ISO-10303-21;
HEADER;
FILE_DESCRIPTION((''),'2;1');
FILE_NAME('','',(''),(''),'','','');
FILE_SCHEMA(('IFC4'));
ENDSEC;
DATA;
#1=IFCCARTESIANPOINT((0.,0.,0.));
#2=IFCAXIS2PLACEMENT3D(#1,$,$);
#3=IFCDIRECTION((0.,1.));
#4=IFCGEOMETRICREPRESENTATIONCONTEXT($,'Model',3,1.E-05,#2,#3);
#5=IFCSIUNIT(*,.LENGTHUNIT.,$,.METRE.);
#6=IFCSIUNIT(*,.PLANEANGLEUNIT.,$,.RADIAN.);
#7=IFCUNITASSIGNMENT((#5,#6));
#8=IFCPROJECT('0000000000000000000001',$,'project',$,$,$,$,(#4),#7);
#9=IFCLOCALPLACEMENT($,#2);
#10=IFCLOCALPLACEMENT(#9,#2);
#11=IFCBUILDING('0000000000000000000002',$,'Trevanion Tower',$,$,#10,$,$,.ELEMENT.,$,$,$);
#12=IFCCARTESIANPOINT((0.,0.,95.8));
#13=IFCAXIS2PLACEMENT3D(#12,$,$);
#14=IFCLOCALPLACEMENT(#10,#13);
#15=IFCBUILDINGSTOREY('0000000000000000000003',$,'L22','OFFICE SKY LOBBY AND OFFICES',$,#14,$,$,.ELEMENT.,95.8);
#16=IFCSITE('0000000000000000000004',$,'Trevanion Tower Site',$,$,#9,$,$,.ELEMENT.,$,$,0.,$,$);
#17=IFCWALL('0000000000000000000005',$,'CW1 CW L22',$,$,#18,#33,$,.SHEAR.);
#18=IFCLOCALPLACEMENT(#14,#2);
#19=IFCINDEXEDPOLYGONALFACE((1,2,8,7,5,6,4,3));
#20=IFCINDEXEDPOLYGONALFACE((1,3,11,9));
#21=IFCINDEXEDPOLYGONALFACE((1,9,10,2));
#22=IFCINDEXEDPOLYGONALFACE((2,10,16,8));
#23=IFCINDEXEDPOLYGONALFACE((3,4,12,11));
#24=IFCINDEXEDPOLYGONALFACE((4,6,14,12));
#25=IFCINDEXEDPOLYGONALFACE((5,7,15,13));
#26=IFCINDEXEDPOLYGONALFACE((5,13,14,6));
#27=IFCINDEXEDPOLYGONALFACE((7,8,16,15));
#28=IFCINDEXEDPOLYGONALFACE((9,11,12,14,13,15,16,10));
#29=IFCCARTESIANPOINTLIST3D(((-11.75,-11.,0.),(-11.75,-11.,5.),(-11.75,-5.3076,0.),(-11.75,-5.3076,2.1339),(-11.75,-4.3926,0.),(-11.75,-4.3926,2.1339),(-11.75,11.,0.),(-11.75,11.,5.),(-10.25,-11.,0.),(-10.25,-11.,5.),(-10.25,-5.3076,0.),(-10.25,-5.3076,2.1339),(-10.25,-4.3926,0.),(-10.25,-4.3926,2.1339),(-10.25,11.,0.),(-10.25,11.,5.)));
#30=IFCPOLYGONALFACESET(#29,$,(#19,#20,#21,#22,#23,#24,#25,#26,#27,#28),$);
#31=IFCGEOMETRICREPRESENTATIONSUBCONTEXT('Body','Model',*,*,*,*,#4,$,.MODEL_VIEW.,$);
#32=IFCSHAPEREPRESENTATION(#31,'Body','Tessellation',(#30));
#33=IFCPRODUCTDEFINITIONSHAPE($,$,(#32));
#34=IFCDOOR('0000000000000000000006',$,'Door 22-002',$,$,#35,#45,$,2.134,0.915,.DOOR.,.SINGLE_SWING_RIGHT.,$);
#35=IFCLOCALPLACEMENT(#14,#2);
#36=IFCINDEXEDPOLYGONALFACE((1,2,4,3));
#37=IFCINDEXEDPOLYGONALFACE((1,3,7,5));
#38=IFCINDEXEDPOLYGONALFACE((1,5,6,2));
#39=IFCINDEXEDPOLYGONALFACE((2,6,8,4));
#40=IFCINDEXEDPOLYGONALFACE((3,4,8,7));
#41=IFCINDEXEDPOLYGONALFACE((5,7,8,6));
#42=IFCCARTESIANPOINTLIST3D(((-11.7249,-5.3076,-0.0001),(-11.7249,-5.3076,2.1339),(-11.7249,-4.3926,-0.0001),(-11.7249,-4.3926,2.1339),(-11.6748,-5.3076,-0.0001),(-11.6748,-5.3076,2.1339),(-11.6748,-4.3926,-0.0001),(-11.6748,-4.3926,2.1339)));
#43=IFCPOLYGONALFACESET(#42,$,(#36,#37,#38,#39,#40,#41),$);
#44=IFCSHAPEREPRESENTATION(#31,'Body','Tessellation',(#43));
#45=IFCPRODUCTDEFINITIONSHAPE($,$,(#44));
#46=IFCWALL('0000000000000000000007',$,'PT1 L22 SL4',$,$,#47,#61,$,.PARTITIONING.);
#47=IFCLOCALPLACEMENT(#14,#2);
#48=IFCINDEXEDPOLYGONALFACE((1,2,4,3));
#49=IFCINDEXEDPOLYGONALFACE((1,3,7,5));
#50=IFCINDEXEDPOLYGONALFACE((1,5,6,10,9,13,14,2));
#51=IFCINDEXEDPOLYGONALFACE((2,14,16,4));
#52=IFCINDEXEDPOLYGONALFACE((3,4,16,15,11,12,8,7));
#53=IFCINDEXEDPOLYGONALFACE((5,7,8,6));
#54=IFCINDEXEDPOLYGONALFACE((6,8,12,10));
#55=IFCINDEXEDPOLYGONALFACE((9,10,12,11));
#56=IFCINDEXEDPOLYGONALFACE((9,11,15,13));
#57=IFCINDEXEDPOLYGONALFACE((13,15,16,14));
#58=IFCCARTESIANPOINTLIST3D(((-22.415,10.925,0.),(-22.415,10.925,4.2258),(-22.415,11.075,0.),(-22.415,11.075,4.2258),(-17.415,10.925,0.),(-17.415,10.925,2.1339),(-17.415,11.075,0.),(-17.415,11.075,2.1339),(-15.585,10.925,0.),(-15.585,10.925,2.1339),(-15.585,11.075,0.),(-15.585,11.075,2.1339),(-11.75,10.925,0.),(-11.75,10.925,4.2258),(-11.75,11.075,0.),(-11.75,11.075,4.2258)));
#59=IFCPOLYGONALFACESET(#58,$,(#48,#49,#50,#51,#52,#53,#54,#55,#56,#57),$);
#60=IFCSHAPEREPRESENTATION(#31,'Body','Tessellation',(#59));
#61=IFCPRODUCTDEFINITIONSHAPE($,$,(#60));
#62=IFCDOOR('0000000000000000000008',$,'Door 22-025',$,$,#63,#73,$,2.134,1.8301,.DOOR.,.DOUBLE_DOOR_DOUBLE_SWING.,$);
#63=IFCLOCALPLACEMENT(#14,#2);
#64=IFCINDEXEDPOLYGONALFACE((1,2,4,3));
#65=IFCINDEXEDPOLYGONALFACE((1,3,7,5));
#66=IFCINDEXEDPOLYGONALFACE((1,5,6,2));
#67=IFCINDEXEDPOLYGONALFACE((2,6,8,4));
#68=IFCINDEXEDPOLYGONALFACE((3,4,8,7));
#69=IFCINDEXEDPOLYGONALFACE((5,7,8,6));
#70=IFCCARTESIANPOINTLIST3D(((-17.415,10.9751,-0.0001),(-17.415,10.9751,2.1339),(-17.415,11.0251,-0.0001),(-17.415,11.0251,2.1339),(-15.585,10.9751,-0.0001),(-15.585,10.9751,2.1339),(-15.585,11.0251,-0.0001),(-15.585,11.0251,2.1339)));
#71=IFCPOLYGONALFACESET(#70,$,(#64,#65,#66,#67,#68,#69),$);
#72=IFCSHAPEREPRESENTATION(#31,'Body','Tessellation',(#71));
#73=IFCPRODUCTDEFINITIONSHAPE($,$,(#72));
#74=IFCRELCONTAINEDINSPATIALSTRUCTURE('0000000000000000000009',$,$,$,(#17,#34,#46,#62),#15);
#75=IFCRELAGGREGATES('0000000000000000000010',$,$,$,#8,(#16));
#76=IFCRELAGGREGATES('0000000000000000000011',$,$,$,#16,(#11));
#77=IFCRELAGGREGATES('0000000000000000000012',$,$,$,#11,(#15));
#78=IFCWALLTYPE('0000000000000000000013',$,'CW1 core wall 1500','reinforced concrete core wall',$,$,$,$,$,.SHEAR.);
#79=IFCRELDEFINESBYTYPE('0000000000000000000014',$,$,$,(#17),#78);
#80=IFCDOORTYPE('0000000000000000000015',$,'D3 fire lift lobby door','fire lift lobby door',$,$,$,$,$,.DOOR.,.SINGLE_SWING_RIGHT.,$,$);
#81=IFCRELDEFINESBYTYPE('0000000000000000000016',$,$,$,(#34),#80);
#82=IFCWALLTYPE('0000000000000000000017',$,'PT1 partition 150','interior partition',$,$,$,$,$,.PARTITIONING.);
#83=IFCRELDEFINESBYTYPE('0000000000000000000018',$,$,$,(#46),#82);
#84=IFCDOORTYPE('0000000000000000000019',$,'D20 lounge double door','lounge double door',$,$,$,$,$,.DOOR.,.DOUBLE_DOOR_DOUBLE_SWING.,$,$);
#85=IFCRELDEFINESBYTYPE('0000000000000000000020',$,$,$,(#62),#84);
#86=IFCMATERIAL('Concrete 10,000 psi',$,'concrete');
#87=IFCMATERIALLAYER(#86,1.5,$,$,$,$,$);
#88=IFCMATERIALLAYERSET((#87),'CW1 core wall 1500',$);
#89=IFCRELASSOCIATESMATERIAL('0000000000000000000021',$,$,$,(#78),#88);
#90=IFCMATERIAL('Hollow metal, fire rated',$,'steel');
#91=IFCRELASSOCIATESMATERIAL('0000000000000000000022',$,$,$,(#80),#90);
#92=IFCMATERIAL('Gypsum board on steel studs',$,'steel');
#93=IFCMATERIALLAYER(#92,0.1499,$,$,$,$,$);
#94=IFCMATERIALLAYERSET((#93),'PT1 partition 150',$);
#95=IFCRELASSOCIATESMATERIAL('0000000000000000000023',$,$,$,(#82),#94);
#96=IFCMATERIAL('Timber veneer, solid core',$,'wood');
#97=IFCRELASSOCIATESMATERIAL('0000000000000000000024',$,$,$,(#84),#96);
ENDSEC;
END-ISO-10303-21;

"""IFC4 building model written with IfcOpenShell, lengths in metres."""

from ifc_helpers import new_model, si_unit, direction, frame, frame_2d, origin, place, context, subcontext, project, spatial, rectangle, extrude, material, layer, layer_set, type_object, element, fill, save


model = new_model("IFC4")

# Units and contexts
model_context = context("Model", 3, precision=1e-05, world=origin(), true_north=direction((0.0, 1.0)))
body_context = subcontext(model_context, "Body", "Model", "MODEL_VIEW")
ifc_project = project(units=[si_unit("LENGTHUNIT", "METRE"), si_unit("PLANEANGLEUNIT", "RADIAN")], contexts=[model_context])

# Site, building, storey
site_placement = place(None, origin())
site = spatial("IfcSite", under=ifc_project, at=site_placement, Name="Trevanion Tower Site", CompositionType="ELEMENT", RefElevation=0.0)
building_placement = place(site_placement, origin())
building = spatial("IfcBuilding", under=site, at=building_placement, Name="Trevanion Tower", CompositionType="ELEMENT")
storey_placement = place(building_placement, frame((0.0, 0.0, 95.8)))
storey = spatial("IfcBuildingStorey", under=building, at=storey_placement, Name="L22", Description="OFFICE SKY LOBBY AND OFFICES", CompositionType="ELEMENT", Elevation=95.8)

# Walls, openings, doors
ifc_material_1 = material(Name="Concrete 10,000 psi", Category="concrete")
ifc_layer_1 = layer(ifc_material_1, 1.5)
ifc_layer_set_1 = layer_set([ifc_layer_1], Name="CW1 core wall 1500")
wall_type_1 = type_object("IfcWallType", Name="CW1 core wall 1500", Description="reinforced concrete core wall", PredefinedType="SHEAR", material=ifc_layer_set_1)
wall_1_placement = place(storey_placement, frame((-11.0, 11.0, 0.0), z_axis=(0.0, 0.0, 1.0), x_axis=(0.0, -1.0, 0.0)))
wall_1 = element("IfcWall", 1, at=wall_1_placement, inside=storey, type_object=wall_type_1, Name="CW1 CW L22", PredefinedType="SHEAR", context=body_context, shape_type="SweptSolid", body=[
    extrude(rectangle(XDim=22.0, YDim=1.5, at=frame_2d((11.0, 0.0))), origin(), (0.0, 0.0, 1.0), 5.0),
])
opening_1_placement = place(wall_1_placement, frame((15.3926, 0.0, 0.0)))
opening_1 = element("IfcOpeningElement", 2, at=opening_1_placement, cuts=wall_1, PredefinedType="OPENING", context=body_context, shape_type="SweptSolid", body=[
    extrude(rectangle(XDim=0.915, YDim=2.134, at=frame_2d((0.4575, 1.0669))), frame((0.0, 0.76, 0.0), z_axis=(0.0, -1.0, 0.0), x_axis=(1.0, 0.0, 0.0)), (0.0, 0.0, 1.0), 1.52),
])
ifc_material_2 = material(Name="Hollow metal, fire rated", Category="steel")
door_type_1 = type_object("IfcDoorType", Name="D3 fire lift lobby door", Description="fire lift lobby door", OperationType="SINGLE_SWING_RIGHT", PredefinedType="DOOR", material=ifc_material_2)
door_1_placement = place(opening_1_placement, origin())
door_1 = element("IfcDoor", 3, at=door_1_placement, inside=storey, type_object=door_type_1, Name="Door 22-002", OperationType="SINGLE_SWING_RIGHT", OverallHeight=2.134, OverallWidth=0.915, PredefinedType="DOOR", context=body_context, shape_type="SweptSolid", body=[
    extrude(rectangle(XDim=0.915, YDim=2.134, at=frame_2d((0.4575, 1.0669))), frame((0.0, -0.6748, 0.0), z_axis=(0.0, -1.0, 0.0), x_axis=(1.0, 0.0, 0.0)), (0.0, 0.0, 1.0), 0.05),
])
fill(opening_1, door_1)
ifc_material_3 = material(Name="Gypsum board on steel studs", Category="steel")
ifc_layer_2 = layer(ifc_material_3, 0.1499)
ifc_layer_set_2 = layer_set([ifc_layer_2], Name="PT1 partition 150")
wall_type_2 = type_object("IfcWallType", Name="PT1 partition 150", Description="interior partition", PredefinedType="PARTITIONING", material=ifc_layer_set_2)
wall_2_placement = place(storey_placement, frame((-11.75, 11.0, 0.0), z_axis=(0.0, 0.0, 1.0), x_axis=(-1.0, 0.0, 0.0)))
wall_2 = element("IfcWall", 4, at=wall_2_placement, inside=storey, type_object=wall_type_2, Name="PT1 L22 SL4", PredefinedType="PARTITIONING", context=body_context, shape_type="SweptSolid", body=[
    extrude(rectangle(XDim=10.665, YDim=0.1499, at=frame_2d((5.3325, 0.0))), origin(), (0.0, 0.0, 1.0), 4.2258),
])
opening_2_placement = place(wall_2_placement, frame((3.835, 0.0, 0.0)))
opening_2 = element("IfcOpeningElement", 5, at=opening_2_placement, cuts=wall_2, PredefinedType="OPENING", context=body_context, shape_type="SweptSolid", body=[
    extrude(rectangle(XDim=1.8301, YDim=2.134, at=frame_2d((0.915, 1.0669))), frame((0.0, 0.085, 0.0), z_axis=(0.0, -1.0, 0.0), x_axis=(1.0, 0.0, 0.0)), (0.0, 0.0, 1.0), 0.1699),
])
ifc_material_4 = material(Name="Timber veneer, solid core", Category="wood")
door_type_2 = type_object("IfcDoorType", Name="D20 lounge double door", Description="lounge double door", OperationType="DOUBLE_DOOR_DOUBLE_SWING", PredefinedType="DOOR", material=ifc_material_4)
door_2_placement = place(opening_2_placement, origin())
door_2 = element("IfcDoor", 6, at=door_2_placement, inside=storey, type_object=door_type_2, Name="Door 22-025", OperationType="DOUBLE_DOOR_DOUBLE_SWING", OverallHeight=2.134, OverallWidth=1.8301, PredefinedType="DOOR", context=body_context, shape_type="SweptSolid", body=[
    extrude(rectangle(XDim=1.8301, YDim=2.134, at=frame_2d((0.915, 1.0669))), frame((0.0, 0.0249, 0.0), z_axis=(0.0, -1.0, 0.0), x_axis=(1.0, 0.0, 0.0)), (0.0, 0.0, 1.0), 0.05),
])
fill(opening_2, door_2)

save(model, "model.ifc")
